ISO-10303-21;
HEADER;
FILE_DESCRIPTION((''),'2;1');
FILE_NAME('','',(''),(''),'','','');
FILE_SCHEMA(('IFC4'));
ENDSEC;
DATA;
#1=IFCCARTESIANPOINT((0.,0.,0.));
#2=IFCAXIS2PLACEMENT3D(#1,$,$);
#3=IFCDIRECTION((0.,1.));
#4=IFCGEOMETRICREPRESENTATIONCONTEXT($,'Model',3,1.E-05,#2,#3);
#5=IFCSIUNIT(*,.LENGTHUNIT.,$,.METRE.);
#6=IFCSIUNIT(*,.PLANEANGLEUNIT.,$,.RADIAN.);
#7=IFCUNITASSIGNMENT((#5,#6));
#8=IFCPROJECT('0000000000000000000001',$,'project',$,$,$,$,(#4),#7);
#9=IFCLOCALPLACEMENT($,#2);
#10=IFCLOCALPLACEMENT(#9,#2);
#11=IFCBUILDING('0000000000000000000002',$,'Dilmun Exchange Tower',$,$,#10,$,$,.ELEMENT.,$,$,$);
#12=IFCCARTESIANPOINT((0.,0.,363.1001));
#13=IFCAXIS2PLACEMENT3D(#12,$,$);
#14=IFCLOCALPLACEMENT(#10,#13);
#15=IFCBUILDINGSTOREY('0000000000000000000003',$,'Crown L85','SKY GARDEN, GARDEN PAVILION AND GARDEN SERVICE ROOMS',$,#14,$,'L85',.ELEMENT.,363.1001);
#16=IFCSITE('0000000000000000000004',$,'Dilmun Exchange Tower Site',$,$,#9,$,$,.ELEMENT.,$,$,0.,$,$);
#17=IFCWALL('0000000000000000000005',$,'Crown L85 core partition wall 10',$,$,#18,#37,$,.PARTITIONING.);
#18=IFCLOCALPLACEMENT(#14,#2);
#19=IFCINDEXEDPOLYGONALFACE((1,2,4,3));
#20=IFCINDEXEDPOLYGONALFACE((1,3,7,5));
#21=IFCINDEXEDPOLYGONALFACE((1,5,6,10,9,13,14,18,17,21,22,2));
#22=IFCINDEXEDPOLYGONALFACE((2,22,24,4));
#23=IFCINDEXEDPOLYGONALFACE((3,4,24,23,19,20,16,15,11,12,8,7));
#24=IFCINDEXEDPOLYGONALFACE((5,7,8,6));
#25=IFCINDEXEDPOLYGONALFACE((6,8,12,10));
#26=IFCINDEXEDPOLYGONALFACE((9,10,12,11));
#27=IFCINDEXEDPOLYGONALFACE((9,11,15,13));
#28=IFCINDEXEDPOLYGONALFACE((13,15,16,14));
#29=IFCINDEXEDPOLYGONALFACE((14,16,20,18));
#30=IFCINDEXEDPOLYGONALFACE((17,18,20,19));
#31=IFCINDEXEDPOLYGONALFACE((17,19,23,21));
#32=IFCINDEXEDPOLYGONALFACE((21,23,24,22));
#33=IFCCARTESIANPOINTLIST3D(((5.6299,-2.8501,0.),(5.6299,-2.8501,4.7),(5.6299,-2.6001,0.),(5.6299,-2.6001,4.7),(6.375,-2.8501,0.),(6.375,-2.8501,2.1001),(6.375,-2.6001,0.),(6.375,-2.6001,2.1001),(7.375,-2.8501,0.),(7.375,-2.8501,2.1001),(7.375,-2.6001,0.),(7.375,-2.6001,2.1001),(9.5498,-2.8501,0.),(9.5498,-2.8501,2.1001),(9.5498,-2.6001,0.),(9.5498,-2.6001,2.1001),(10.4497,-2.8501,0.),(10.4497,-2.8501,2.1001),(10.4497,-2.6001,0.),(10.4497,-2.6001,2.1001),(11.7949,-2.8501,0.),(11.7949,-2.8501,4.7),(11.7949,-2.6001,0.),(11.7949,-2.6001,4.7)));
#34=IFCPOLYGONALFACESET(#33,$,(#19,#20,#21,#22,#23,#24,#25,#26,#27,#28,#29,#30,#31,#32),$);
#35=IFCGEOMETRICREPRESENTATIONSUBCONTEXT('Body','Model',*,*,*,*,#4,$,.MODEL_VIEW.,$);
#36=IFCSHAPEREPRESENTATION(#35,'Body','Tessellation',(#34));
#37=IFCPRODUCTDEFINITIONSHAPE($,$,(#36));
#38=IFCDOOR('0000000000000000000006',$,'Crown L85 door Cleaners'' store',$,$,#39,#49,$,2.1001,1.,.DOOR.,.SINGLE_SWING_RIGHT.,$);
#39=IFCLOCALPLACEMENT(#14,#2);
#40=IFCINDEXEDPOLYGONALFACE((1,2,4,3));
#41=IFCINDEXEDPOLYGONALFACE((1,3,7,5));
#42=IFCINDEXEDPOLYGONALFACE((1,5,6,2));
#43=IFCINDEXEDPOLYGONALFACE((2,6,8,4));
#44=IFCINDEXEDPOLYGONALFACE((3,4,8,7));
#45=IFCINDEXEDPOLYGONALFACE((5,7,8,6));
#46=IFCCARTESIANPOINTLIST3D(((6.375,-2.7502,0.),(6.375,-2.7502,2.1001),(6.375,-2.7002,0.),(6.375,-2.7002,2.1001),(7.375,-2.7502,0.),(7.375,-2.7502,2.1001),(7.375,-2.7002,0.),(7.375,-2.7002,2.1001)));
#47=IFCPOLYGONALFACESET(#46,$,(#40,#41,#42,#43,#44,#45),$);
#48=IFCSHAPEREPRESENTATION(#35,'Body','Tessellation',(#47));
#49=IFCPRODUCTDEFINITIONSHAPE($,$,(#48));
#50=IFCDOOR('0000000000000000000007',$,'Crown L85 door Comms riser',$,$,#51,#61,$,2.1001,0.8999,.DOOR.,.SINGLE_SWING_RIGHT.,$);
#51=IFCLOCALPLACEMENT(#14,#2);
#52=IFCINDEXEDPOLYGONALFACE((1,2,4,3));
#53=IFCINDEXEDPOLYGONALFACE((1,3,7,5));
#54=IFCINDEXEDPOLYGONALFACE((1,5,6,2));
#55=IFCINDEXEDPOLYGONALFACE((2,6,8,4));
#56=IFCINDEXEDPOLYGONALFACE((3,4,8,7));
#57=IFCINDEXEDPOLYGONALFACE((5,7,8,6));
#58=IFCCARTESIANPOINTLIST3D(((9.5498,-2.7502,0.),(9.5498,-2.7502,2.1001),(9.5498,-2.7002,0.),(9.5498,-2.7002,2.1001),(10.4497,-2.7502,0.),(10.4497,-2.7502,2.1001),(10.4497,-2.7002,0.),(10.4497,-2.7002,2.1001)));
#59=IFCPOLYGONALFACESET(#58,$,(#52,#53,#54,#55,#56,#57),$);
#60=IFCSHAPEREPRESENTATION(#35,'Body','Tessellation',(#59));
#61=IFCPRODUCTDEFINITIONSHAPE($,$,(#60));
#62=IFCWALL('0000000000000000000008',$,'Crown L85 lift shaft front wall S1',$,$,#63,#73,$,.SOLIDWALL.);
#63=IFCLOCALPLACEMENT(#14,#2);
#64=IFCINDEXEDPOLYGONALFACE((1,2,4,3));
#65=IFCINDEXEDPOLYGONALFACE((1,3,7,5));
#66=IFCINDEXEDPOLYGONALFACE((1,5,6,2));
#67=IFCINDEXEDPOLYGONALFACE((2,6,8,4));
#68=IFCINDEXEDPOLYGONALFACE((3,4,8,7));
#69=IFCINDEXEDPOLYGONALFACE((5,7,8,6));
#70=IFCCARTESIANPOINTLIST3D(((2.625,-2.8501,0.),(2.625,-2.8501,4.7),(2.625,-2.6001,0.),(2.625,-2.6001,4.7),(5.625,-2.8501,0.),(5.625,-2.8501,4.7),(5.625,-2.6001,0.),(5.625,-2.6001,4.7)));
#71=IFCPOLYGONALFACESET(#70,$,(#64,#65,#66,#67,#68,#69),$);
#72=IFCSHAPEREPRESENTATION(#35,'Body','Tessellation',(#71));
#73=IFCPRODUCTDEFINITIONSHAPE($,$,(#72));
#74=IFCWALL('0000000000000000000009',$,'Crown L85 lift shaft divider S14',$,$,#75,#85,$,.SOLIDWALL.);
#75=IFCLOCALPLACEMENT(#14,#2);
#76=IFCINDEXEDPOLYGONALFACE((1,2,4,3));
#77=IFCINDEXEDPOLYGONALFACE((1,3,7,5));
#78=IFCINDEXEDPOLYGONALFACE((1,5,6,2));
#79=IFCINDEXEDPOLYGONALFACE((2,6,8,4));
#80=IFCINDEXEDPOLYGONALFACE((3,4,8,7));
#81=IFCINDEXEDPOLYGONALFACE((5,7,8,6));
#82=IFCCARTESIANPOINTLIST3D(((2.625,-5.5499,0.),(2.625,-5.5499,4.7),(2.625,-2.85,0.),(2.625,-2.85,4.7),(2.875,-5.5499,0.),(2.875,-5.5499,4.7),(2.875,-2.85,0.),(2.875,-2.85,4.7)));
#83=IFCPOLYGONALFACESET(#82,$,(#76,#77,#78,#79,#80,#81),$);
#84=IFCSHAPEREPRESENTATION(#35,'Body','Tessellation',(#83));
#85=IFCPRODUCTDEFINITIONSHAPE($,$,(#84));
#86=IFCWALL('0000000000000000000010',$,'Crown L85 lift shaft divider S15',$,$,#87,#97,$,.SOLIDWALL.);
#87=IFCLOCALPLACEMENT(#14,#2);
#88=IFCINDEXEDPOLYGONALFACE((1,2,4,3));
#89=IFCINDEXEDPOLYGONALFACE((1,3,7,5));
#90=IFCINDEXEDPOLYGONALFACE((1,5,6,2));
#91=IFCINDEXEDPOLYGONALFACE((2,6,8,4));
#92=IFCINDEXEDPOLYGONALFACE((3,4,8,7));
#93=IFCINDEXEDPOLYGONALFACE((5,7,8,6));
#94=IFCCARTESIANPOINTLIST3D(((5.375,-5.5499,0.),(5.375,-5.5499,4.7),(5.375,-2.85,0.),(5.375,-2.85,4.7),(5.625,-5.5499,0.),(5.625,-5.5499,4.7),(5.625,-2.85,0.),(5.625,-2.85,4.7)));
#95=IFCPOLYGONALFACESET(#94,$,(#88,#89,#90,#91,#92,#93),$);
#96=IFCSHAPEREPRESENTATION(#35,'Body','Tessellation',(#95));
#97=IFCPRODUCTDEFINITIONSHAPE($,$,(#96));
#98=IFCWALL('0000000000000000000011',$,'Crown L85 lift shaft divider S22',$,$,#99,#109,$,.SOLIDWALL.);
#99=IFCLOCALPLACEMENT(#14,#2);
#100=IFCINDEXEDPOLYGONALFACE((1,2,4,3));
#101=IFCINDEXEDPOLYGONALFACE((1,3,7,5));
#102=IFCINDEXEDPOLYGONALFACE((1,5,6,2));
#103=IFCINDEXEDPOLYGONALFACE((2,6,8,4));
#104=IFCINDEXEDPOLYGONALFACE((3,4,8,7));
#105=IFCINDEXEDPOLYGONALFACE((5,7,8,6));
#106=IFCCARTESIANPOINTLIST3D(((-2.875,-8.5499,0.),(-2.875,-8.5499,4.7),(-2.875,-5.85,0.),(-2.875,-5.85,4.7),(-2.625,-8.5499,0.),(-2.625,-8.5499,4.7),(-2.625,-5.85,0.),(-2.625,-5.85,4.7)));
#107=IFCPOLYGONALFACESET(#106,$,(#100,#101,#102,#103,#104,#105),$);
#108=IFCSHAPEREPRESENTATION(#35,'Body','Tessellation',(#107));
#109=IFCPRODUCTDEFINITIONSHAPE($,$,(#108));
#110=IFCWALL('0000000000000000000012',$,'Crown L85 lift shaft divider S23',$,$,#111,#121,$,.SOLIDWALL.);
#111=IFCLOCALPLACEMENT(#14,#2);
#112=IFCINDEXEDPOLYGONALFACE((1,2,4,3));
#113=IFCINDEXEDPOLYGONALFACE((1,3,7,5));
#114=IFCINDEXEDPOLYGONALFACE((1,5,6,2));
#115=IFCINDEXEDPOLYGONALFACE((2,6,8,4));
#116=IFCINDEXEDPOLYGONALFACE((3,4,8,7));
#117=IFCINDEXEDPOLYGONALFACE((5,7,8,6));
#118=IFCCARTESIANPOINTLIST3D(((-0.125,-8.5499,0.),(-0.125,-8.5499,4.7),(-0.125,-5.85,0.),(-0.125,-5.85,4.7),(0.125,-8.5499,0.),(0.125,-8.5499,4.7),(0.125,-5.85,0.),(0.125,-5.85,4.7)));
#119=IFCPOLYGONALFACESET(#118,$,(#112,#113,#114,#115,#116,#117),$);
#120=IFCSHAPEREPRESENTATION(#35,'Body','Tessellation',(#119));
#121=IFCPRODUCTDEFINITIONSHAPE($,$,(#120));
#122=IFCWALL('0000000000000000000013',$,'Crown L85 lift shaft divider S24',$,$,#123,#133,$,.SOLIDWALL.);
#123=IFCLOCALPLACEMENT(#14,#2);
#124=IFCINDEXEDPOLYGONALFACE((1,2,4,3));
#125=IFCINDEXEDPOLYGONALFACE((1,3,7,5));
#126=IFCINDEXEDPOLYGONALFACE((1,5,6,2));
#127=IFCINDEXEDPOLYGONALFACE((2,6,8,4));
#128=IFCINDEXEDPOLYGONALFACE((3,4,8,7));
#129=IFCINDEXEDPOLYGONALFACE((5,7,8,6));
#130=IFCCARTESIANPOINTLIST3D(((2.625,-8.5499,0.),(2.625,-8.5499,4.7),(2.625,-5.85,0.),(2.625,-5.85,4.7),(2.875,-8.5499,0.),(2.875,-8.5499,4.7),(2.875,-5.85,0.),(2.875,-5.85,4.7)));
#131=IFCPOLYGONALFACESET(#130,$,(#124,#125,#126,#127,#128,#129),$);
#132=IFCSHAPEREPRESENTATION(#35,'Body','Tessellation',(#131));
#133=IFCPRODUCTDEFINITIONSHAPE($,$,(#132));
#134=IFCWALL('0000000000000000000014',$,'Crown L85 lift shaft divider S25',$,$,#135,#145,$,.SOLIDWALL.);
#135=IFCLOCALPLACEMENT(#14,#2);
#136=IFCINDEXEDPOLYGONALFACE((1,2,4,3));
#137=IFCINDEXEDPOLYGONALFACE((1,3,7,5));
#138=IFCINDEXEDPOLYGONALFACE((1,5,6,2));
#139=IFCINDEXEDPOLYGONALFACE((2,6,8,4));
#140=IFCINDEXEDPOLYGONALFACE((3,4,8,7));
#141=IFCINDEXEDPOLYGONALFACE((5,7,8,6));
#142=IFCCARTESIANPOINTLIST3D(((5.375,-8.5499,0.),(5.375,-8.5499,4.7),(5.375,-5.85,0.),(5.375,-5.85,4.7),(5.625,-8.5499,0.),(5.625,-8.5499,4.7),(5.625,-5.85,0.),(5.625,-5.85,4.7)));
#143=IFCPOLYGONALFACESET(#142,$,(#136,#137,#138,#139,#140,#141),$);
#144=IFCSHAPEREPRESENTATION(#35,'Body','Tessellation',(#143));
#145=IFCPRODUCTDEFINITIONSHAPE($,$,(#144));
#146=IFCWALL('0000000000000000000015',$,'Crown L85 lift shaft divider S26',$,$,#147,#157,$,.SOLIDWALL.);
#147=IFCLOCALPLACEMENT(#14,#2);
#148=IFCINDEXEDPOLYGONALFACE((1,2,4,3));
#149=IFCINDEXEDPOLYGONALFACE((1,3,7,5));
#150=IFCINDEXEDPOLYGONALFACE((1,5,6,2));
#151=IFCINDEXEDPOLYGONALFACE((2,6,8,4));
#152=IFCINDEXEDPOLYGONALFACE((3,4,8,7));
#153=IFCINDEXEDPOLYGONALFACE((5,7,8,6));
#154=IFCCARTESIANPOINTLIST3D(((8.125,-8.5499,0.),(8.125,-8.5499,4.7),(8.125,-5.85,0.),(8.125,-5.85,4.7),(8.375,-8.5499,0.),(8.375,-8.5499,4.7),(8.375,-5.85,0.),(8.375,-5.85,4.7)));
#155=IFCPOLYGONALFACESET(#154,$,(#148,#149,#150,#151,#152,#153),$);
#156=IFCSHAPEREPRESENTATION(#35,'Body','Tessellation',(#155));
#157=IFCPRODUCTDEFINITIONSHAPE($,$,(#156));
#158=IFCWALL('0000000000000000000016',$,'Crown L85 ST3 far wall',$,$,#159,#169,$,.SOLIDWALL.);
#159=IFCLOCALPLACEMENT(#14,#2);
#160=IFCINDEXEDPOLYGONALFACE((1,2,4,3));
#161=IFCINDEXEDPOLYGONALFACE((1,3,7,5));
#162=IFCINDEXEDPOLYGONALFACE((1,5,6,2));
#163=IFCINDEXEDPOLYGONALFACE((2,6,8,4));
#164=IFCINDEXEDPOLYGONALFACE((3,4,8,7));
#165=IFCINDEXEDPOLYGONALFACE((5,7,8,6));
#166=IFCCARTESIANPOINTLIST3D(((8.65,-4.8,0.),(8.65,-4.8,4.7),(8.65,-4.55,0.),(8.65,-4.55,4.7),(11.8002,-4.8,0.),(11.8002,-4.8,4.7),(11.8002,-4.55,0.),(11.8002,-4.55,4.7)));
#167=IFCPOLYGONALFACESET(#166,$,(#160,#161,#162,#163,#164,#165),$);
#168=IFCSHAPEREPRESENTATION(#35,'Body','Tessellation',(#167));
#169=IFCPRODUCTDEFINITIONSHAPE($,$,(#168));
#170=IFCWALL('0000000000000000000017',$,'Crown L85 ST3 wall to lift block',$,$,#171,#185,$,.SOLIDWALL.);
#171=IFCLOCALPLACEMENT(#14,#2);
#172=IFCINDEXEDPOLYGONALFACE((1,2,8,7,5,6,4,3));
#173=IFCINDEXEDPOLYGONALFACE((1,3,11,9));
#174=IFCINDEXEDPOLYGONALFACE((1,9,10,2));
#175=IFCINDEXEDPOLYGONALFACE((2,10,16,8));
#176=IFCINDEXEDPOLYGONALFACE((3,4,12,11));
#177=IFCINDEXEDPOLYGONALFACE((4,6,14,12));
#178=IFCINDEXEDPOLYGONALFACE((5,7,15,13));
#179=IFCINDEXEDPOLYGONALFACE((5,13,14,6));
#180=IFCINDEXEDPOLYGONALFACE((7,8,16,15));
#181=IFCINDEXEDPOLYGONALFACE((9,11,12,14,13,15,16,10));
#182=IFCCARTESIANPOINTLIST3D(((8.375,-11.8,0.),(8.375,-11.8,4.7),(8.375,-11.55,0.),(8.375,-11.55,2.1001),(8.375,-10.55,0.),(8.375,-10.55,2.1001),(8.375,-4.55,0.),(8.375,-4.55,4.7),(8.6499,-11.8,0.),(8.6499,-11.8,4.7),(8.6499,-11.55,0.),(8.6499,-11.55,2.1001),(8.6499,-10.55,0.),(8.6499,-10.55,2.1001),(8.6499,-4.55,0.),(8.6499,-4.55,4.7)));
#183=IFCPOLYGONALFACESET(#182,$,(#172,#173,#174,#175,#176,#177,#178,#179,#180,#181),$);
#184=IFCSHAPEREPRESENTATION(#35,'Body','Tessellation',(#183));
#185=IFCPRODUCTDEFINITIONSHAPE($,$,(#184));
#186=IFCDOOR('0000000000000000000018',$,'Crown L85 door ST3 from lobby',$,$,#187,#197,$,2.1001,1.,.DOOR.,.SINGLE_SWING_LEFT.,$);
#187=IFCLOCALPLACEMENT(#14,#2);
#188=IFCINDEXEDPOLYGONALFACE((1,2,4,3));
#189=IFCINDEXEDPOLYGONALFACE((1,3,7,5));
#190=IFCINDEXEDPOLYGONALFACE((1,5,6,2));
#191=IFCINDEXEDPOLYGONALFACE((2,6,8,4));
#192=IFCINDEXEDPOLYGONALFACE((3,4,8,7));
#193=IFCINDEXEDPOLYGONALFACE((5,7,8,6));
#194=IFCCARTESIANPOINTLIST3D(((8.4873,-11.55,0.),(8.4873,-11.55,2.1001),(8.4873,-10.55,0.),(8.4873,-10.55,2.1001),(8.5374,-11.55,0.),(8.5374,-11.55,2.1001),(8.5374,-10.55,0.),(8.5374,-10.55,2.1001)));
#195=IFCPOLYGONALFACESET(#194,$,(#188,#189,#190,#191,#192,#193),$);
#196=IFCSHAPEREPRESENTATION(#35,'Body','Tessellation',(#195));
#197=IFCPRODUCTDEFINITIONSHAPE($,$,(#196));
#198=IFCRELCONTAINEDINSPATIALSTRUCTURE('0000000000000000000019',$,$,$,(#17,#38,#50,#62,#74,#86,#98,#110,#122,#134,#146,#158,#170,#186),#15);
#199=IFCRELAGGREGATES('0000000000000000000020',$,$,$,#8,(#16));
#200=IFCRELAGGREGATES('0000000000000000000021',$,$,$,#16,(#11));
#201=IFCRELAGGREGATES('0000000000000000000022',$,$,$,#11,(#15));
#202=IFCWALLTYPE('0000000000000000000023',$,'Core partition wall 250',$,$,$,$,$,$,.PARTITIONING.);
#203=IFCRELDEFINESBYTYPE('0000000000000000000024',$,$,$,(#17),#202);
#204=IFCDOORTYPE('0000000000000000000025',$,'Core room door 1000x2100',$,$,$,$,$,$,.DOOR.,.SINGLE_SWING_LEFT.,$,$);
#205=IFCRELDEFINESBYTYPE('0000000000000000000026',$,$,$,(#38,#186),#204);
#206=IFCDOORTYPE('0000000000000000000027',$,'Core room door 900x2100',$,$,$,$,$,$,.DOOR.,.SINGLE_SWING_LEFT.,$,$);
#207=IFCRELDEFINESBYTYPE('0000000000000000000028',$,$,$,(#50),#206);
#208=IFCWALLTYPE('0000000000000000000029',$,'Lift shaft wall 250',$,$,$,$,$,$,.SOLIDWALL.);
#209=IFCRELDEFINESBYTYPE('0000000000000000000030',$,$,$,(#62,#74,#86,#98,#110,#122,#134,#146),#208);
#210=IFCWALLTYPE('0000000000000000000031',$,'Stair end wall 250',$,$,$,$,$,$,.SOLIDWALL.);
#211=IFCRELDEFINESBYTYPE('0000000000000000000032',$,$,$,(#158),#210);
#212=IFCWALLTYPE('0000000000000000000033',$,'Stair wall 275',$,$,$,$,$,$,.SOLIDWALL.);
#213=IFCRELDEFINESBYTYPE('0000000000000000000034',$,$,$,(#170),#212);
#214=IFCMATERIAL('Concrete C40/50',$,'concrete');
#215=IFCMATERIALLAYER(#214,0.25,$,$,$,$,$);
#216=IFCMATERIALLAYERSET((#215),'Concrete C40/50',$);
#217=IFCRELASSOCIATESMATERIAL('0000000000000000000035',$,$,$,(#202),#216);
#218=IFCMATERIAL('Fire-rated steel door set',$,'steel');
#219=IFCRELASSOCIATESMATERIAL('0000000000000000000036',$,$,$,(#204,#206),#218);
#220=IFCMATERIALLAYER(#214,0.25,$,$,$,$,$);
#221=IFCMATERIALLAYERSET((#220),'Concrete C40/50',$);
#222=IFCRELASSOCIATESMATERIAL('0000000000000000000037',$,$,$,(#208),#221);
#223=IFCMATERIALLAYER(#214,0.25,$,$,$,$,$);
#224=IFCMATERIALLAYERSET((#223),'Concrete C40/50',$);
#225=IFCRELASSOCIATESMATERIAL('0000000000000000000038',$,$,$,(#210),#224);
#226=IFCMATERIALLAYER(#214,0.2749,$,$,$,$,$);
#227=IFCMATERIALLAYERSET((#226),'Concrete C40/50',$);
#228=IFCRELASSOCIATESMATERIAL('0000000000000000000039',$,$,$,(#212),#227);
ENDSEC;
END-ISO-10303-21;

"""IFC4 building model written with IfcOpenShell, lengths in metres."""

from ifc_helpers import new_model, si_unit, direction, frame, frame_2d, origin, place, context, subcontext, project, spatial, rectangle, extrude, material, layer, layer_set, type_object, element, fill, save


model = new_model("IFC4")

# Units and contexts
model_context = context("Model", 3, precision=1e-05, world=origin(), true_north=direction((0.0, 1.0)))
body_context = subcontext(model_context, "Body", "Model", "MODEL_VIEW")
ifc_project = project(units=[si_unit("LENGTHUNIT", "METRE"), si_unit("PLANEANGLEUNIT", "RADIAN")], contexts=[model_context])

# Site, building, storey
site_placement = place(None, origin())
site = spatial("IfcSite", under=ifc_project, at=site_placement, Name="Dilmun Exchange Tower Site", CompositionType="ELEMENT", RefElevation=0.0)
building_placement = place(site_placement, origin())
building = spatial("IfcBuilding", under=site, at=building_placement, Name="Dilmun Exchange Tower", CompositionType="ELEMENT")
storey_placement = place(building_placement, frame((0.0, 0.0, 363.1001)))
storey = spatial("IfcBuildingStorey", under=building, at=storey_placement, Name="Crown L85", Description="SKY GARDEN, GARDEN PAVILION AND GARDEN SERVICE ROOMS", LongName="L85", CompositionType="ELEMENT", Elevation=363.1001)

# Shared definitions
ifc_material_1 = material(Name="Concrete C40/50", Category="concrete")
ifc_layer_1 = layer(ifc_material_1, 0.25)
ifc_layer_set_1 = layer_set([ifc_layer_1], Name="Concrete C40/50")
wall_type_1 = type_object("IfcWallType", Name="Core partition wall 250", PredefinedType="PARTITIONING", material=ifc_layer_set_1)

# Wall, openings, doors
wall_1_placement = place(storey_placement, frame((5.6299, -2.7251, 0.0), z_axis=(0.0, 0.0, 1.0), x_axis=(1.0, 0.0, 0.0)))
wall_1 = element("IfcWall", 1, at=wall_1_placement, inside=storey, type_object=wall_type_1, Name="Crown L85 core partition wall 10", PredefinedType="PARTITIONING", context=body_context, shape_type="SweptSolid", body=[
    extrude(rectangle(XDim=6.165, YDim=0.25, at=frame_2d((3.0825, 0.0))), origin(), (0.0, 0.0, 1.0), 4.7),
])
opening_1_placement = place(wall_1_placement, frame((0.7451, 0.0, 0.0)))
opening_1 = element("IfcOpeningElement", 2, at=opening_1_placement, cuts=wall_1, PredefinedType="OPENING", context=body_context, shape_type="SweptSolid", body=[
    extrude(rectangle(XDim=1.0, YDim=2.1001, at=frame_2d((0.5, 1.05))), frame((0.0, 0.135, 0.0), z_axis=(0.0, -1.0, 0.0), x_axis=(1.0, 0.0, 0.0)), (0.0, 0.0, 1.0), 0.27),
])
opening_2_placement = place(wall_1_placement, frame((3.9199, 0.0, 0.0)))
opening_2 = element("IfcOpeningElement", 3, at=opening_2_placement, cuts=wall_1, PredefinedType="OPENING", context=body_context, shape_type="SweptSolid", body=[
    extrude(rectangle(XDim=0.8999, YDim=2.1001, at=frame_2d((0.45, 1.05))), frame((0.0, 0.135, 0.0), z_axis=(0.0, -1.0, 0.0), x_axis=(1.0, 0.0, 0.0)), (0.0, 0.0, 1.0), 0.27),
])
ifc_material_2 = material(Name="Fire-rated steel door set", Category="steel")
door_type_1 = type_object("IfcDoorType", Name="Core room door 1000x2100", OperationType="SINGLE_SWING_LEFT", PredefinedType="DOOR", material=ifc_material_2)
door_1_placement = place(opening_1_placement, origin())
door_1 = element("IfcDoor", 4, at=door_1_placement, inside=storey, type_object=door_type_1, Name="Crown L85 door Cleaners' store", OperationType="SINGLE_SWING_RIGHT", OverallHeight=2.1001, OverallWidth=1.0, PredefinedType="DOOR", context=body_context, shape_type="SweptSolid", body=[
    extrude(rectangle(XDim=1.0, YDim=2.1001, at=frame_2d((0.5, 1.05))), frame((0.0, 0.0249, 0.0), z_axis=(0.0, -1.0, 0.0), x_axis=(1.0, 0.0, 0.0)), (0.0, 0.0, 1.0), 0.05),
])
fill(opening_1, door_1)
door_type_2 = type_object("IfcDoorType", Name="Core room door 900x2100", OperationType="SINGLE_SWING_LEFT", PredefinedType="DOOR", material=ifc_material_2)
door_2_placement = place(opening_2_placement, origin())
door_2 = element("IfcDoor", 5, at=door_2_placement, inside=storey, type_object=door_type_2, Name="Crown L85 door Comms riser", OperationType="SINGLE_SWING_RIGHT", OverallHeight=2.1001, OverallWidth=0.8999, PredefinedType="DOOR", context=body_context, shape_type="SweptSolid", body=[
    extrude(rectangle(XDim=0.8999, YDim=2.1001, at=frame_2d((0.45, 1.05))), frame((0.0, 0.0249, 0.0), z_axis=(0.0, -1.0, 0.0), x_axis=(1.0, 0.0, 0.0)), (0.0, 0.0, 1.0), 0.05),
])
fill(opening_2, door_2)

# Walls
ifc_layer_2 = layer(ifc_material_1, 0.25)
ifc_layer_set_2 = layer_set([ifc_layer_2], Name="Concrete C40/50")
wall_type_2 = type_object("IfcWallType", Name="Lift shaft wall 250", PredefinedType="SOLIDWALL", material=ifc_layer_set_2)
wall_2_placement = place(storey_placement, frame((2.625, -2.7251, 0.0), z_axis=(0.0, 0.0, 1.0), x_axis=(1.0, 0.0, 0.0)))
element("IfcWall", 6, at=wall_2_placement, inside=storey, type_object=wall_type_2, Name="Crown L85 lift shaft front wall S1", PredefinedType="SOLIDWALL", context=body_context, shape_type="SweptSolid", body=[
    extrude(rectangle(XDim=3.0, YDim=0.25, at=frame_2d((1.5, 0.0))), origin(), (0.0, 0.0, 1.0), 4.7),
])
for number, where, z_axis, x_axis, name in (
    (7, (2.75, -5.55, 0.0), (0.0, 0.0, 1.0), (0.0, 1.0, 0.0), "Crown L85 lift shaft divider S14"),
    (8, (5.5, -5.55, 0.0), (0.0, 0.0, 1.0), (0.0, 1.0, 0.0), "Crown L85 lift shaft divider S15"),
    (9, (-2.75, -8.55, 0.0), (0.0, 0.0, 1.0), (0.0, 1.0, 0.0), "Crown L85 lift shaft divider S22"),
    (10, (0.0, -8.55, 0.0), (0.0, 0.0, 1.0), (0.0, 1.0, 0.0), "Crown L85 lift shaft divider S23"),
    (11, (2.75, -8.55, 0.0), (0.0, 0.0, 1.0), (0.0, 1.0, 0.0), "Crown L85 lift shaft divider S24"),
    (12, (5.5, -8.55, 0.0), (0.0, 0.0, 1.0), (0.0, 1.0, 0.0), "Crown L85 lift shaft divider S25"),
    (13, (8.25, -8.55, 0.0), (0.0, 0.0, 1.0), (0.0, 1.0, 0.0), "Crown L85 lift shaft divider S26"),
):
    element("IfcWall", number, at=place(storey_placement, frame(where, z_axis=z_axis, x_axis=x_axis)), inside=storey, type_object=wall_type_2, Name=name, PredefinedType="SOLIDWALL", context=body_context, shape_type="SweptSolid", body=[
        extrude(rectangle(XDim=2.7, YDim=0.25, at=frame_2d((1.3501, 0.0))), origin(), (0.0, 0.0, 1.0), 4.7),
    ])
ifc_layer_3 = layer(ifc_material_1, 0.25)
ifc_layer_set_3 = layer_set([ifc_layer_3], Name="Concrete C40/50")
wall_type_3 = type_object("IfcWallType", Name="Stair end wall 250", PredefinedType="SOLIDWALL", material=ifc_layer_set_3)
wall_3_placement = place(storey_placement, frame((8.6499, -4.675, 0.0), z_axis=(0.0, 0.0, 1.0), x_axis=(1.0, 0.0, 0.0)))
element("IfcWall", 14, at=wall_3_placement, inside=storey, type_object=wall_type_3, Name="Crown L85 ST3 far wall", PredefinedType="SOLIDWALL", context=body_context, shape_type="SweptSolid", body=[
    extrude(rectangle(XDim=3.1501, YDim=0.25, at=frame_2d((1.5752, 0.0))), origin(), (0.0, 0.0, 1.0), 4.7),
])

# Wall, opening, door
ifc_layer_4 = layer(ifc_material_1, 0.2749)
ifc_layer_set_4 = layer_set([ifc_layer_4], Name="Concrete C40/50")
wall_type_4 = type_object("IfcWallType", Name="Stair wall 275", PredefinedType="SOLIDWALL", material=ifc_layer_set_4)
wall_4_placement = place(storey_placement, frame((8.5125, -4.55, 0.0), z_axis=(0.0, 0.0, 1.0), x_axis=(0.0, -1.0, 0.0)))
wall_4 = element("IfcWall", 15, at=wall_4_placement, inside=storey, type_object=wall_type_4, Name="Crown L85 ST3 wall to lift block", PredefinedType="SOLIDWALL", context=body_context, shape_type="SweptSolid", body=[
    extrude(rectangle(XDim=7.25, YDim=0.2749, at=frame_2d((3.625, 0.0))), origin(), (0.0, 0.0, 1.0), 4.7),
])
opening_3_placement = place(wall_4_placement, frame((6.0, 0.0, 0.0)))
opening_3 = element("IfcOpeningElement", 16, at=opening_3_placement, cuts=wall_4, PredefinedType="OPENING", context=body_context, shape_type="SweptSolid", body=[
    extrude(rectangle(XDim=1.0, YDim=2.1001, at=frame_2d((0.5, 1.05))), frame((0.0, 0.1475, 0.0), z_axis=(0.0, -1.0, 0.0), x_axis=(1.0, 0.0, 0.0)), (0.0, 0.0, 1.0), 0.2949),
])
door_3_placement = place(opening_3_placement, origin())
door_3 = element("IfcDoor", 17, at=door_3_placement, inside=storey, type_object=door_type_1, Name="Crown L85 door ST3 from lobby", OperationType="SINGLE_SWING_LEFT", OverallHeight=2.1001, OverallWidth=1.0, PredefinedType="DOOR", context=body_context, shape_type="SweptSolid", body=[
    extrude(rectangle(XDim=1.0, YDim=2.1001, at=frame_2d((0.5, 1.05))), frame((0.0, 0.0249, 0.0), z_axis=(0.0, -1.0, 0.0), x_axis=(1.0, 0.0, 0.0)), (0.0, 0.0, 1.0), 0.05),
])
fill(opening_3, door_3)

save(model, "model.ifc")
